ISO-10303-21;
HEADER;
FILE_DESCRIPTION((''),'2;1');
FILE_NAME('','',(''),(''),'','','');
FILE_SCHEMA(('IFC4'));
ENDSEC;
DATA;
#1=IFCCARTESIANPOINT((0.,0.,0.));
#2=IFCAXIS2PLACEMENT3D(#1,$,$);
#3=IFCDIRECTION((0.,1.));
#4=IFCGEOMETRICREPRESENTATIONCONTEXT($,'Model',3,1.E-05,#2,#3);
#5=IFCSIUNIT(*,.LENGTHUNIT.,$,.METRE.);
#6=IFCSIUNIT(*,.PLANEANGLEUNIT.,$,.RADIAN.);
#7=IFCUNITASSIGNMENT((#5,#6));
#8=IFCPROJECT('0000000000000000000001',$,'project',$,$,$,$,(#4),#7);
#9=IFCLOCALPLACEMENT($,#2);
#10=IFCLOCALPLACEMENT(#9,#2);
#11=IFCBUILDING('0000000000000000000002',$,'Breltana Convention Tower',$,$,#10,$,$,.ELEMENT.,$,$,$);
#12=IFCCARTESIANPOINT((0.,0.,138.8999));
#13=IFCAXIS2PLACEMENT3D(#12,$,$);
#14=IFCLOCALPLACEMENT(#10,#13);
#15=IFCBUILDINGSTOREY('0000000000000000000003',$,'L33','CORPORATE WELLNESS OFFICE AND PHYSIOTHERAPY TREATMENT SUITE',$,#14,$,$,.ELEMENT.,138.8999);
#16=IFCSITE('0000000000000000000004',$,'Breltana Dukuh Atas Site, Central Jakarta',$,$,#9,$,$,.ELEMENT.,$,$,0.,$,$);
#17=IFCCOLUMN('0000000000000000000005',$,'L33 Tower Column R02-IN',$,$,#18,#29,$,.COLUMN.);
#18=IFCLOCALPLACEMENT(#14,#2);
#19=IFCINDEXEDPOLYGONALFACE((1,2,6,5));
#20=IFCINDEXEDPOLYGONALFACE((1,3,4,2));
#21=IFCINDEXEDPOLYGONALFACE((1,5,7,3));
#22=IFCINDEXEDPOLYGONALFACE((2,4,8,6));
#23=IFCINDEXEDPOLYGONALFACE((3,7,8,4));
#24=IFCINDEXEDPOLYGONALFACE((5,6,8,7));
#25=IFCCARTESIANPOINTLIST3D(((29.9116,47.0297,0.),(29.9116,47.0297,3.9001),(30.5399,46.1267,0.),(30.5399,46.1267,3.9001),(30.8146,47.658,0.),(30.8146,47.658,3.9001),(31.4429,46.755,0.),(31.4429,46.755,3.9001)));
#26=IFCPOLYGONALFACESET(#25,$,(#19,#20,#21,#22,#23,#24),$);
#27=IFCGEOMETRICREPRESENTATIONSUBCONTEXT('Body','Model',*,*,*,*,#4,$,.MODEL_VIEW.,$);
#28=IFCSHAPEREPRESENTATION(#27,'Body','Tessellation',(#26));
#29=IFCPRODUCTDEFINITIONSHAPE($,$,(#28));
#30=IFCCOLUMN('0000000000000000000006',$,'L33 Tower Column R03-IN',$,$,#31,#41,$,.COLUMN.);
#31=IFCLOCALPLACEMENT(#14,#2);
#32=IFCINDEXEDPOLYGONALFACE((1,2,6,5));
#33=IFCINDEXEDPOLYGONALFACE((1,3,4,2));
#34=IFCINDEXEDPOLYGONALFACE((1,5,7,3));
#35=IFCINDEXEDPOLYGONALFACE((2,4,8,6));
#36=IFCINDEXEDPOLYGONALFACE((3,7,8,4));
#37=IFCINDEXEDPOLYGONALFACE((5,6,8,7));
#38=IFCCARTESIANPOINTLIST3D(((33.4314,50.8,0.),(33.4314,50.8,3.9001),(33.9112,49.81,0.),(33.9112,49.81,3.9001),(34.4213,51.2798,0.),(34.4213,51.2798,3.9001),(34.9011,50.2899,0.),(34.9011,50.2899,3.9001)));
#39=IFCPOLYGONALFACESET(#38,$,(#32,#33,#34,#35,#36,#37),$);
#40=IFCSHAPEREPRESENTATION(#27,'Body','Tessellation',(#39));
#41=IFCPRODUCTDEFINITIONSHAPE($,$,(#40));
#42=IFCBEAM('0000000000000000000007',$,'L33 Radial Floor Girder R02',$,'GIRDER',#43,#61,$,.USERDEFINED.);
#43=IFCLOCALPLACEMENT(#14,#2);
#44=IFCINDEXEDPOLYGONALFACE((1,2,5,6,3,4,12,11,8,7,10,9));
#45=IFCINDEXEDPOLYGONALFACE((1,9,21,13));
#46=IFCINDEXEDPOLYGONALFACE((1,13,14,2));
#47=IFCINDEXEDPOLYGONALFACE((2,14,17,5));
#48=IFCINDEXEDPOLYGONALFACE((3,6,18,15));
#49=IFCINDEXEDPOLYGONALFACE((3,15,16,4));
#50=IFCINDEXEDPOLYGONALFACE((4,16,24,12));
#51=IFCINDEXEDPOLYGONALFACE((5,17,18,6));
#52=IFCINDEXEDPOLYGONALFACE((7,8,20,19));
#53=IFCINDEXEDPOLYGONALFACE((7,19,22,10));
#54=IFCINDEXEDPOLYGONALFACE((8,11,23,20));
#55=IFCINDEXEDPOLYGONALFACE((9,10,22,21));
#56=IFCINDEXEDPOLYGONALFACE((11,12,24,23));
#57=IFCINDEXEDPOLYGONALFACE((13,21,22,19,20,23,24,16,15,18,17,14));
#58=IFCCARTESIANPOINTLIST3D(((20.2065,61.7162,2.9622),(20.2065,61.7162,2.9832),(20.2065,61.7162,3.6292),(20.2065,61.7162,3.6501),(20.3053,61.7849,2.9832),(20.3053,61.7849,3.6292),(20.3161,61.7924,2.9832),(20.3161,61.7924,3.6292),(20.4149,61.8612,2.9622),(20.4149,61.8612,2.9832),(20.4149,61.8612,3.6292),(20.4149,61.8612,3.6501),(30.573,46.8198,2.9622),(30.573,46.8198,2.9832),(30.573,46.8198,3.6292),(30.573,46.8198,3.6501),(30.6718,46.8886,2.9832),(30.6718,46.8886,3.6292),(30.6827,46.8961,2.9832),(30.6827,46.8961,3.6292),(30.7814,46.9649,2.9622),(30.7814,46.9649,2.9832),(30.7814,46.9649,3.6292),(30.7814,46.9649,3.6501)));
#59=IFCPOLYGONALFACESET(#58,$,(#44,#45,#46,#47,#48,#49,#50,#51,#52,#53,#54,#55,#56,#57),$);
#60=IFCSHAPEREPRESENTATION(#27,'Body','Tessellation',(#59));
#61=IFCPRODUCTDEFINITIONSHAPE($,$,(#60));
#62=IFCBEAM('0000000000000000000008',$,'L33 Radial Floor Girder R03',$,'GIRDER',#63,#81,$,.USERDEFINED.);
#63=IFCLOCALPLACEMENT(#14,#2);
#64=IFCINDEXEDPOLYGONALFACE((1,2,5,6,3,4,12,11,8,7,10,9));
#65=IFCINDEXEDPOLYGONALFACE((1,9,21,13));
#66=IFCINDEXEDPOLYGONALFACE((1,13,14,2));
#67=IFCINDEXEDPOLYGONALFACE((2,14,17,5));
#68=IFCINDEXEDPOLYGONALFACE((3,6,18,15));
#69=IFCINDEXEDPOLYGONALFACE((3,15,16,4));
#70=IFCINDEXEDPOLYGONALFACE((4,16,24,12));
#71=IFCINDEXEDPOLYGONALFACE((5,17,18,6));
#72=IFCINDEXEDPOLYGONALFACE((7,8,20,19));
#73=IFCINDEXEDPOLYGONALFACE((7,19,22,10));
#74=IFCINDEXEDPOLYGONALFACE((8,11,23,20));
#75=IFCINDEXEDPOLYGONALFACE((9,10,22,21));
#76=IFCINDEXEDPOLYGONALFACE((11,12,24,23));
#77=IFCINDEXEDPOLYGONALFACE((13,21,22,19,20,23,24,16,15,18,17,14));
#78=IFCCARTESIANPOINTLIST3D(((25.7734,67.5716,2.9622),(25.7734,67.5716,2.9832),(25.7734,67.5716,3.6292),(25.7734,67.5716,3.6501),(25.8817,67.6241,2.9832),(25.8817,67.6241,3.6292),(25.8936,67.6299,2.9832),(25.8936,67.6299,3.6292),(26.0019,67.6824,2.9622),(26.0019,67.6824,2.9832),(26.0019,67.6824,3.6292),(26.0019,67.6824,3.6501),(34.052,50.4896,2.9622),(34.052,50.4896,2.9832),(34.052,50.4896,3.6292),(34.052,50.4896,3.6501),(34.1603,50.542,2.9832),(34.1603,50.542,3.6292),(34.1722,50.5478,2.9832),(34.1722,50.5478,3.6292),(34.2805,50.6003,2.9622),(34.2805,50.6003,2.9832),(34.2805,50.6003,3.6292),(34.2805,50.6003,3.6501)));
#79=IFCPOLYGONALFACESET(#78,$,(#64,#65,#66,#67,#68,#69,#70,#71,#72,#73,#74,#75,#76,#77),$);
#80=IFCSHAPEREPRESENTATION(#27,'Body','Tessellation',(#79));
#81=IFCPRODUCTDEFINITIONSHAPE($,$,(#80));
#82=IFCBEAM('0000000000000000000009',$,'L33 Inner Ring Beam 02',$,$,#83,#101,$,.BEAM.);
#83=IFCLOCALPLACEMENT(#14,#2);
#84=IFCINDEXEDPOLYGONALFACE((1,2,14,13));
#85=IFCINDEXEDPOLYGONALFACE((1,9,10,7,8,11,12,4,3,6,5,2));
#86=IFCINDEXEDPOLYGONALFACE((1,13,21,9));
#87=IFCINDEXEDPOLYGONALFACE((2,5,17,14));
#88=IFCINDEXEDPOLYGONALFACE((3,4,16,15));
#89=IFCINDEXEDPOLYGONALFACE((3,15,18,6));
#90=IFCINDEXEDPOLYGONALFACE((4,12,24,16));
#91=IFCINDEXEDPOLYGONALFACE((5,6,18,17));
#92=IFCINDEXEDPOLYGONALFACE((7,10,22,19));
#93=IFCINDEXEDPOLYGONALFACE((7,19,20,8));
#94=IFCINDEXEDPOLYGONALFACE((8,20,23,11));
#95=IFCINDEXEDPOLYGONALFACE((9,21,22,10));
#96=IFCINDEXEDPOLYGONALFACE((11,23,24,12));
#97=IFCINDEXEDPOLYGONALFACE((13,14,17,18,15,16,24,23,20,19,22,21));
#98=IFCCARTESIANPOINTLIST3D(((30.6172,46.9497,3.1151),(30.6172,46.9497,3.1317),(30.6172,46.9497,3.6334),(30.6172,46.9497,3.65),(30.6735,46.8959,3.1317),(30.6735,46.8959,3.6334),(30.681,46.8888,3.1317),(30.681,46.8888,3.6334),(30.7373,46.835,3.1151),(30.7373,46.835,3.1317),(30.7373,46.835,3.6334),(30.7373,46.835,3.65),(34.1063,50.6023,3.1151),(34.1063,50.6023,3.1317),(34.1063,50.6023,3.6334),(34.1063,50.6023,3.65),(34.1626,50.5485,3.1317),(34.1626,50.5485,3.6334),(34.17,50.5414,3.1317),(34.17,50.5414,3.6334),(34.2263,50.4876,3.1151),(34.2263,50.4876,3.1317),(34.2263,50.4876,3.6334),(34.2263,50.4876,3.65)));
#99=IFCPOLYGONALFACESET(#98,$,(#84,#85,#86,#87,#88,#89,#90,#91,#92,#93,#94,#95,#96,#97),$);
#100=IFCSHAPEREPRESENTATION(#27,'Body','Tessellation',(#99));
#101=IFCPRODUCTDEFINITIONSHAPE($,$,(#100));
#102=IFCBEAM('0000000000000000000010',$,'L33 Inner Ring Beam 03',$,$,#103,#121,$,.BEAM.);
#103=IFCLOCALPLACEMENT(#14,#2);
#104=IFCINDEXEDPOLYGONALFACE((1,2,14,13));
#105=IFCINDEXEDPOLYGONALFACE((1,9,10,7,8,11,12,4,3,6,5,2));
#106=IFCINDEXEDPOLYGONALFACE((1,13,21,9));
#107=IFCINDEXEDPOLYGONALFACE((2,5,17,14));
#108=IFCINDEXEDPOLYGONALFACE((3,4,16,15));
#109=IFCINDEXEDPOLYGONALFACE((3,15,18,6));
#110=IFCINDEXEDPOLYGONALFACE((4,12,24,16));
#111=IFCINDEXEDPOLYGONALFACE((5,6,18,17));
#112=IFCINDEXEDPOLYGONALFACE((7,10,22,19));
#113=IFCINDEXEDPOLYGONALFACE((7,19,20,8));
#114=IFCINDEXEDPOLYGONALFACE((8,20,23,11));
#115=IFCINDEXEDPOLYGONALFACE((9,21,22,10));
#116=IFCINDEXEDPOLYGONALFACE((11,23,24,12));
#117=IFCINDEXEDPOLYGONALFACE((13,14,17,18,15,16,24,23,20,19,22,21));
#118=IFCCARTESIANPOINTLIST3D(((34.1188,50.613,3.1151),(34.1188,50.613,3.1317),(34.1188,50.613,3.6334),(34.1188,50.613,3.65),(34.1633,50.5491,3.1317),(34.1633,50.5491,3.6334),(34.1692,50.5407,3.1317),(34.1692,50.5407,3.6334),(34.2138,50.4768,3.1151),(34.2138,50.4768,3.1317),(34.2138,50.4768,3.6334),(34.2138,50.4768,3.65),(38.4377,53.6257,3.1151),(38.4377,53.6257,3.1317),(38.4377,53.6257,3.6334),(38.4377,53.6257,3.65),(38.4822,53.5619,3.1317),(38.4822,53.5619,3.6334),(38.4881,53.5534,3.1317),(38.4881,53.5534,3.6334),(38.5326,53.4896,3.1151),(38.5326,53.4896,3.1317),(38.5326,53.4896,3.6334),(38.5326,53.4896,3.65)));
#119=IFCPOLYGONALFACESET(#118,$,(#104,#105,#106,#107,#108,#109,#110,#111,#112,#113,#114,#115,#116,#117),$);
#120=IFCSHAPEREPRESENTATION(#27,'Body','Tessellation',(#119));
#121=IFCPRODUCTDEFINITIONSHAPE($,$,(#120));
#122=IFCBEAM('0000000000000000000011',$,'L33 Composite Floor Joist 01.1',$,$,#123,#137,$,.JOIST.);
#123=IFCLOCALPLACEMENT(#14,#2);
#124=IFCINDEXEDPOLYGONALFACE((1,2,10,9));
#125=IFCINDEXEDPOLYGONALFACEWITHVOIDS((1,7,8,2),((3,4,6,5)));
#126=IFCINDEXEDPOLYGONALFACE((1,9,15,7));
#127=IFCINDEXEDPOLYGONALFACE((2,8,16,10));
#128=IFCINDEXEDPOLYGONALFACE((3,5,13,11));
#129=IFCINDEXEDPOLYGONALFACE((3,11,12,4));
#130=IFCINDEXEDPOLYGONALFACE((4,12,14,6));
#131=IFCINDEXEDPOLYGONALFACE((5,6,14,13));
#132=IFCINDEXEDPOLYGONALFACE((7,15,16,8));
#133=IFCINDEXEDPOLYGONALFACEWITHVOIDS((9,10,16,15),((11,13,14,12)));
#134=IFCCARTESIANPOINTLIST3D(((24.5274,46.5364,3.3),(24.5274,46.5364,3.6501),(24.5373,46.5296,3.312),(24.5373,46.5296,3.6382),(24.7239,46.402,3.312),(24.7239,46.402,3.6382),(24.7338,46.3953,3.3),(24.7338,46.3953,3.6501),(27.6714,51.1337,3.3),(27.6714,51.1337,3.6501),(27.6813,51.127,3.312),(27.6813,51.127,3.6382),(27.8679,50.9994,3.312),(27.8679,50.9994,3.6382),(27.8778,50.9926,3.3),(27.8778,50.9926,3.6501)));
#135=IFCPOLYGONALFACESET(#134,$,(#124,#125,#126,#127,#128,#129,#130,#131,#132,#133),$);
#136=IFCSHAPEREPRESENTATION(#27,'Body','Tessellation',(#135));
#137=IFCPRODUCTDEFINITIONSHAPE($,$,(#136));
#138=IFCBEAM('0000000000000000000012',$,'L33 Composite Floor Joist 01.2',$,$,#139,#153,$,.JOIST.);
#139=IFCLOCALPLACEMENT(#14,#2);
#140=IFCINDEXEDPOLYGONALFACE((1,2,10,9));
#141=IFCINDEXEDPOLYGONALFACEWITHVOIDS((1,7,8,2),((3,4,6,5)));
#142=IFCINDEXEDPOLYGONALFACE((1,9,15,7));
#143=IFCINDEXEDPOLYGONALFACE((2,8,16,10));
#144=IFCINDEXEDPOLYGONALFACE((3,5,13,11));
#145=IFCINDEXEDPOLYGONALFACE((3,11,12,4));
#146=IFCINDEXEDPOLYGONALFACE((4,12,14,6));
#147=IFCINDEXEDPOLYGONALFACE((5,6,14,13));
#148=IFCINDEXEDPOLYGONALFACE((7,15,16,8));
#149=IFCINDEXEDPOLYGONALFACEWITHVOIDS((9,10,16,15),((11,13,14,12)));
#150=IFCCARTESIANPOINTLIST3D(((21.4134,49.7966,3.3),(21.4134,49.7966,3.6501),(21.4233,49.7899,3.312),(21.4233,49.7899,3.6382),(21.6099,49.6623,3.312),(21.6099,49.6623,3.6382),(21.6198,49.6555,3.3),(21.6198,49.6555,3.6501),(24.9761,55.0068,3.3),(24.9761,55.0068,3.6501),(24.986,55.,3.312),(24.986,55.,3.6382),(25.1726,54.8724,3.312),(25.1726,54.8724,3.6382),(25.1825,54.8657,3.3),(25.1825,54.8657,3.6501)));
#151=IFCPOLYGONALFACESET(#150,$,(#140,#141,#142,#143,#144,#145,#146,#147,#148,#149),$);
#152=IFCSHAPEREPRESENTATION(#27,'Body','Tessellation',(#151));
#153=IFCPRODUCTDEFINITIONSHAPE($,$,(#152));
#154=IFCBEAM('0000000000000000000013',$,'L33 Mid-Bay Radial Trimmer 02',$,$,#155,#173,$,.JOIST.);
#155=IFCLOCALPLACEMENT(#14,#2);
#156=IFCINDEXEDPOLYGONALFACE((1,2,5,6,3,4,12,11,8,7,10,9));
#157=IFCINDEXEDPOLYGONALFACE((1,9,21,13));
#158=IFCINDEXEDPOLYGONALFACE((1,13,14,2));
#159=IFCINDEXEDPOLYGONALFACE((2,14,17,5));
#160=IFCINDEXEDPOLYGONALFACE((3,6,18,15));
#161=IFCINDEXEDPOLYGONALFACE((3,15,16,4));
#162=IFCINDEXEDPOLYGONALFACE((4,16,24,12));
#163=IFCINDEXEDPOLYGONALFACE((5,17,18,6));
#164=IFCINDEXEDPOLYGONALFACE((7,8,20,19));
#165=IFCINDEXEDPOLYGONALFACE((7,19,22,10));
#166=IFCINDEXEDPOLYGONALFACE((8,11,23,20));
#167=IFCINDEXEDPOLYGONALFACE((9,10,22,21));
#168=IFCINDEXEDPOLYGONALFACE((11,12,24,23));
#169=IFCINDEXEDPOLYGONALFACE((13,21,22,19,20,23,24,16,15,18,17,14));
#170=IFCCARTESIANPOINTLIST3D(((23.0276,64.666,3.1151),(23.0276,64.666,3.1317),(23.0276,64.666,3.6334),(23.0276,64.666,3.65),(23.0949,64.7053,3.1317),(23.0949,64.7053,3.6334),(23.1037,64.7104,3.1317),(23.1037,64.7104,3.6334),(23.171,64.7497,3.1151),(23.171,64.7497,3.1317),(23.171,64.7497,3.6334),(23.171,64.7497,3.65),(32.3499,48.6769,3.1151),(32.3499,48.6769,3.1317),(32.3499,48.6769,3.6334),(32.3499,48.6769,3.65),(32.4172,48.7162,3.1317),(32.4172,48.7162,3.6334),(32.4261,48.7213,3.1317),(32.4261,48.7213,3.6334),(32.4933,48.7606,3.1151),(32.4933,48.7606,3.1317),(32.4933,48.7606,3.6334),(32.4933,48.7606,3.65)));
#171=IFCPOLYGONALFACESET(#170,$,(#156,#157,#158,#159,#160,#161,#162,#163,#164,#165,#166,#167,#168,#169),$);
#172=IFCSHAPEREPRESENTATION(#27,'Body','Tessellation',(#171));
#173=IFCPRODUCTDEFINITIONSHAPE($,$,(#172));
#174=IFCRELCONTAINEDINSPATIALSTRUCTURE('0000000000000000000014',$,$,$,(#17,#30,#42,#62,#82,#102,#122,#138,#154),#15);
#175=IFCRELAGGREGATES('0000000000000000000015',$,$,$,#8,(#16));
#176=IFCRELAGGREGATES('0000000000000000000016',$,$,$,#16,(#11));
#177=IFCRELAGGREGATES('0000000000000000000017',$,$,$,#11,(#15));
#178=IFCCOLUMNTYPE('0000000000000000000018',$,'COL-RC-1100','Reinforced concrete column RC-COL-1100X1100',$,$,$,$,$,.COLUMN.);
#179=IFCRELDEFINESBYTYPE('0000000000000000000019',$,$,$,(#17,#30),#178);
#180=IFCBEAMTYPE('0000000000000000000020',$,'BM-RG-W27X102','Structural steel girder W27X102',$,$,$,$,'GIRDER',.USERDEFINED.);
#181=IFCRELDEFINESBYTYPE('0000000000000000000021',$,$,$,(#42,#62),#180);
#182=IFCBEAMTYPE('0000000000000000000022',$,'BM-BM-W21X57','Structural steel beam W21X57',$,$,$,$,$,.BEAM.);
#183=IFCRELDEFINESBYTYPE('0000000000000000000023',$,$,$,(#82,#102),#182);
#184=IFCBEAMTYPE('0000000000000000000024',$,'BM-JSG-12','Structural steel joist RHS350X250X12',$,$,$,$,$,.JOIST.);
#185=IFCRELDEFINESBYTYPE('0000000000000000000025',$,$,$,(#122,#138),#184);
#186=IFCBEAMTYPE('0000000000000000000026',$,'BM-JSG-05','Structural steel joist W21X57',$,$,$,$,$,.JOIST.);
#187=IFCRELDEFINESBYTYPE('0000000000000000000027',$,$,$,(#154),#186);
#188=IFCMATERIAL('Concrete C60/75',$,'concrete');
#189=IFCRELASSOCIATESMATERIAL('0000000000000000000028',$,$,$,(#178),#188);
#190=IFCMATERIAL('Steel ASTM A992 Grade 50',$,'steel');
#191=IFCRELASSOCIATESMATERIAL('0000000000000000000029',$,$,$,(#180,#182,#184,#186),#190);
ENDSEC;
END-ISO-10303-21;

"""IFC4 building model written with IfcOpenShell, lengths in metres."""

from ifc_helpers import new_model, si_unit, direction, frame, origin, origin_2d, place, context, subcontext, project, spatial, rectangle, hollow_rectangle, i_section, extrude, source, transform, mapped, material, material_profile, profile_set, type_object, element, save


model = new_model("IFC4")

# Units and contexts
model_context = context("Model", 3, precision=1e-05, world=origin(), true_north=direction((0.0, 1.0)))
body_context = subcontext(model_context, "Body", "Model", "MODEL_VIEW")
ifc_project = project(units=[si_unit("LENGTHUNIT", "METRE"), si_unit("PLANEANGLEUNIT", "RADIAN")], contexts=[model_context])

# Site, building, storey
site_placement = place(None, origin())
site = spatial("IfcSite", under=ifc_project, at=site_placement, Name="Breltana Dukuh Atas Site, Central Jakarta", CompositionType="ELEMENT", RefElevation=0.0)
building_placement = place(site_placement, origin())
building = spatial("IfcBuilding", under=site, at=building_placement, Name="Breltana Convention Tower", CompositionType="ELEMENT")
storey_placement = place(building_placement, frame((0.0, 0.0, 138.8999)))
storey = spatial("IfcBuildingStorey", under=building, at=storey_placement, Name="L33", Description="CORPORATE WELLNESS OFFICE AND PHYSIOTHERAPY TREATMENT SUITE", CompositionType="ELEMENT", Elevation=138.8999)

# Columns
ifc_material_1 = material(Name="Concrete C60/75", Category="concrete")
ifc_material_profile_1 = material_profile(ifc_material_1, rectangle(XDim=1.1001, YDim=1.1001, at=origin_2d()), Name="RC-COL-1100X1100")
ifc_profile_set_1 = profile_set([ifc_material_profile_1], Name="Concrete C60/75")
column_type = type_object("IfcColumnType", Name="COL-RC-1100", Description="Reinforced concrete column RC-COL-1100X1100", PredefinedType="COLUMN", material=ifc_profile_set_1)
shared_shape_1 = source(origin(), body_context, "Body", "SweptSolid", [
    extrude(rectangle(XDim=1.1001, YDim=1.1001, at=origin_2d()), origin(), (0.0, 0.0, 1.0), 3.9001),
])
for number, where, z_axis, x_axis, name in (
    (1, (30.6772, 46.8923, 0.0), (0.0, 0.0, 1.0), (-0.571143, 0.82085, 0.0), "L33 Tower Column R02-IN"),
    (2, (34.1663, 50.5449, 0.0), (0.0, 0.0, 1.0), (-0.436174, 0.899863, 0.0), "L33 Tower Column R03-IN"),
):
    element("IfcColumn", number, at=place(storey_placement, frame(where, z_axis=z_axis, x_axis=x_axis)), inside=storey, type_object=column_type, Name=name, PredefinedType="COLUMN", context=body_context, shape_type="MappedRepresentation", body=[
        mapped(shared_shape_1, transform((0.0, 0.0, 0.0), scale=1.0)),
    ])

# Beams
ifc_material_2 = material(Name="Steel ASTM A992 Grade 50", Category="steel")
ifc_material_profile_2 = material_profile(ifc_material_2, i_section(OverallWidth=0.2539, OverallDepth=0.688, WebThickness=0.0132, FlangeThickness=0.021, at=origin_2d()), Name="W27X102")
ifc_profile_set_2 = profile_set([ifc_material_profile_2], Name="Steel ASTM A992 Grade 50")
beam_type_1 = type_object("IfcBeamType", Name="BM-RG-W27X102", Description="Structural steel girder W27X102", ElementType="GIRDER", PredefinedType="USERDEFINED", material=ifc_profile_set_2)
shared_shape_2 = source(origin(), body_context, "Body", "SweptSolid", [
    extrude(i_section(OverallWidth=0.2539, OverallDepth=0.688, WebThickness=0.0132, FlangeThickness=0.021, at=origin_2d()), origin(), (0.0, 0.0, 1.0), 18.1484),
])
beam_1_placement = place(storey_placement, frame((30.6772, 46.8923, 3.3062), z_axis=(-0.571208, 0.820806, 0.0), x_axis=(-0.820806, -0.571208, 0.0)))
element("IfcBeam", 3, at=beam_1_placement, inside=storey, type_object=beam_type_1, Name="L33 Radial Floor Girder R02", ObjectType="GIRDER", PredefinedType="USERDEFINED", context=body_context, shape_type="MappedRepresentation", body=[
    mapped(shared_shape_2, transform((0.0, 0.0, 0.0), scale=1.0)),
])
shared_shape_3 = source(origin(), body_context, "Body", "SweptSolid", [
    extrude(i_section(OverallWidth=0.2539, OverallDepth=0.688, WebThickness=0.0132, FlangeThickness=0.021, at=origin_2d()), origin(), (0.0, 0.0, 1.0), 18.9824),
])
beam_2_placement = place(storey_placement, frame((34.1663, 50.5449, 3.3062), z_axis=(-0.436119, 0.899889, 0.0), x_axis=(-0.899889, -0.436119, 0.0)))
element("IfcBeam", 4, at=beam_2_placement, inside=storey, type_object=beam_type_1, Name="L33 Radial Floor Girder R03", ObjectType="GIRDER", PredefinedType="USERDEFINED", context=body_context, shape_type="MappedRepresentation", body=[
    mapped(shared_shape_3, transform((0.0, 0.0, 0.0), scale=1.0)),
])
ifc_material_profile_3 = material_profile(ifc_material_2, i_section(OverallWidth=0.166, OverallDepth=0.5349, WebThickness=0.0103, FlangeThickness=0.0166, at=origin_2d()), Name="W21X57")
ifc_profile_set_3 = profile_set([ifc_material_profile_3], Name="Steel ASTM A992 Grade 50")
beam_type_2 = type_object("IfcBeamType", Name="BM-BM-W21X57", Description="Structural steel beam W21X57", PredefinedType="BEAM", material=ifc_profile_set_3)
shared_shape_4 = source(origin(), body_context, "Body", "SweptSolid", [
    extrude(i_section(OverallWidth=0.166, OverallDepth=0.5349, WebThickness=0.0103, FlangeThickness=0.0166, at=origin_2d()), origin(), (0.0, 0.0, 1.0), 5.0513),
])
beam_3_placement = place(storey_placement, frame((30.6772, 46.8923, 3.3826), z_axis=(0.69073, 0.723113, 0.0), x_axis=(-0.723113, 0.69073, 0.0)))
element("IfcBeam", 5, at=beam_3_placement, inside=storey, type_object=beam_type_2, Name="L33 Inner Ring Beam 02", PredefinedType="BEAM", context=body_context, shape_type="MappedRepresentation", body=[
    mapped(shared_shape_4, transform((0.0, 0.0, 0.0), scale=1.0)),
])
shared_shape_5 = source(origin(), body_context, "Body", "SweptSolid", [
    extrude(i_section(OverallWidth=0.166, OverallDepth=0.5349, WebThickness=0.0103, FlangeThickness=0.0166, at=origin_2d()), origin(), (0.0, 0.0, 1.0), 5.2659),
])
beam_4_placement = place(storey_placement, frame((34.1663, 50.5449, 3.3826), z_axis=(0.820167, 0.572124, 0.0), x_axis=(-0.572124, 0.820167, 0.0)))
element("IfcBeam", 6, at=beam_4_placement, inside=storey, type_object=beam_type_2, Name="L33 Inner Ring Beam 03", PredefinedType="BEAM", context=body_context, shape_type="MappedRepresentation", body=[
    mapped(shared_shape_5, transform((0.0, 0.0, 0.0), scale=1.0)),
])
ifc_material_profile_4 = material_profile(ifc_material_2, hollow_rectangle(XDim=0.25, YDim=0.3501, WallThickness=0.012, at=origin_2d()), Name="RHS350X250X12")
ifc_profile_set_4 = profile_set([ifc_material_profile_4], Name="Steel ASTM A992 Grade 50")
beam_type_3 = type_object("IfcBeamType", Name="BM-JSG-12", Description="Structural steel joist RHS350X250X12", PredefinedType="JOIST", material=ifc_profile_set_4)
shared_shape_6 = source(origin(), body_context, "Body", "SweptSolid", [
    extrude(hollow_rectangle(XDim=0.25, YDim=0.3501, WallThickness=0.012, at=origin_2d()), origin(), (0.0, 0.0, 1.0), 5.5696),
])
beam_5_placement = place(storey_placement, frame((24.6306, 46.4658, 3.4751), z_axis=(0.564494, 0.825437, 0.0), x_axis=(-0.825437, 0.564494, 0.0)))
element("IfcBeam", 7, at=beam_5_placement, inside=storey, type_object=beam_type_3, Name="L33 Composite Floor Joist 01.1", PredefinedType="JOIST", context=body_context, shape_type="MappedRepresentation", body=[
    mapped(shared_shape_6, transform((0.0, 0.0, 0.0), scale=1.0)),
])
shared_shape_7 = source(origin(), body_context, "Body", "SweptSolid", [
    extrude(hollow_rectangle(XDim=0.25, YDim=0.3501, WallThickness=0.012, at=origin_2d()), origin(), (0.0, 0.0, 1.0), 6.3118),
])
beam_6_placement = place(storey_placement, frame((21.5166, 49.7261, 3.4751), z_axis=(0.564454, 0.825465, 0.0), x_axis=(-0.825465, 0.564454, 0.0)))
element("IfcBeam", 8, at=beam_6_placement, inside=storey, type_object=beam_type_3, Name="L33 Composite Floor Joist 01.2", PredefinedType="JOIST", context=body_context, shape_type="MappedRepresentation", body=[
    mapped(shared_shape_7, transform((0.0, 0.0, 0.0), scale=1.0)),
])
ifc_material_profile_5 = material_profile(ifc_material_2, i_section(OverallWidth=0.166, OverallDepth=0.5349, WebThickness=0.0103, FlangeThickness=0.0166, at=origin_2d()), Name="W21X57")
ifc_profile_set_5 = profile_set([ifc_material_profile_5], Name="Steel ASTM A992 Grade 50")
beam_type_4 = type_object("IfcBeamType", Name="BM-JSG-05", Description="Structural steel joist W21X57", PredefinedType="JOIST", material=ifc_profile_set_5)
shared_shape_8 = source(origin(), body_context, "Body", "SweptSolid", [
    extrude(i_section(OverallWidth=0.166, OverallDepth=0.5349, WebThickness=0.0103, FlangeThickness=0.0166, at=origin_2d()), origin(), (0.0, 0.0, 1.0), 18.5083),
])
beam_7_placement = place(storey_placement, frame((32.4216, 48.7188, 3.3826), z_axis=(-0.503683, 0.863888, 0.0), x_axis=(-0.863888, -0.503683, 0.0)))
element("IfcBeam", 9, at=beam_7_placement, inside=storey, type_object=beam_type_4, Name="L33 Mid-Bay Radial Trimmer 02", PredefinedType="JOIST", context=body_context, shape_type="MappedRepresentation", body=[
    mapped(shared_shape_8, transform((0.0, 0.0, 0.0), scale=1.0)),
])

save(model, "model.ifc")
